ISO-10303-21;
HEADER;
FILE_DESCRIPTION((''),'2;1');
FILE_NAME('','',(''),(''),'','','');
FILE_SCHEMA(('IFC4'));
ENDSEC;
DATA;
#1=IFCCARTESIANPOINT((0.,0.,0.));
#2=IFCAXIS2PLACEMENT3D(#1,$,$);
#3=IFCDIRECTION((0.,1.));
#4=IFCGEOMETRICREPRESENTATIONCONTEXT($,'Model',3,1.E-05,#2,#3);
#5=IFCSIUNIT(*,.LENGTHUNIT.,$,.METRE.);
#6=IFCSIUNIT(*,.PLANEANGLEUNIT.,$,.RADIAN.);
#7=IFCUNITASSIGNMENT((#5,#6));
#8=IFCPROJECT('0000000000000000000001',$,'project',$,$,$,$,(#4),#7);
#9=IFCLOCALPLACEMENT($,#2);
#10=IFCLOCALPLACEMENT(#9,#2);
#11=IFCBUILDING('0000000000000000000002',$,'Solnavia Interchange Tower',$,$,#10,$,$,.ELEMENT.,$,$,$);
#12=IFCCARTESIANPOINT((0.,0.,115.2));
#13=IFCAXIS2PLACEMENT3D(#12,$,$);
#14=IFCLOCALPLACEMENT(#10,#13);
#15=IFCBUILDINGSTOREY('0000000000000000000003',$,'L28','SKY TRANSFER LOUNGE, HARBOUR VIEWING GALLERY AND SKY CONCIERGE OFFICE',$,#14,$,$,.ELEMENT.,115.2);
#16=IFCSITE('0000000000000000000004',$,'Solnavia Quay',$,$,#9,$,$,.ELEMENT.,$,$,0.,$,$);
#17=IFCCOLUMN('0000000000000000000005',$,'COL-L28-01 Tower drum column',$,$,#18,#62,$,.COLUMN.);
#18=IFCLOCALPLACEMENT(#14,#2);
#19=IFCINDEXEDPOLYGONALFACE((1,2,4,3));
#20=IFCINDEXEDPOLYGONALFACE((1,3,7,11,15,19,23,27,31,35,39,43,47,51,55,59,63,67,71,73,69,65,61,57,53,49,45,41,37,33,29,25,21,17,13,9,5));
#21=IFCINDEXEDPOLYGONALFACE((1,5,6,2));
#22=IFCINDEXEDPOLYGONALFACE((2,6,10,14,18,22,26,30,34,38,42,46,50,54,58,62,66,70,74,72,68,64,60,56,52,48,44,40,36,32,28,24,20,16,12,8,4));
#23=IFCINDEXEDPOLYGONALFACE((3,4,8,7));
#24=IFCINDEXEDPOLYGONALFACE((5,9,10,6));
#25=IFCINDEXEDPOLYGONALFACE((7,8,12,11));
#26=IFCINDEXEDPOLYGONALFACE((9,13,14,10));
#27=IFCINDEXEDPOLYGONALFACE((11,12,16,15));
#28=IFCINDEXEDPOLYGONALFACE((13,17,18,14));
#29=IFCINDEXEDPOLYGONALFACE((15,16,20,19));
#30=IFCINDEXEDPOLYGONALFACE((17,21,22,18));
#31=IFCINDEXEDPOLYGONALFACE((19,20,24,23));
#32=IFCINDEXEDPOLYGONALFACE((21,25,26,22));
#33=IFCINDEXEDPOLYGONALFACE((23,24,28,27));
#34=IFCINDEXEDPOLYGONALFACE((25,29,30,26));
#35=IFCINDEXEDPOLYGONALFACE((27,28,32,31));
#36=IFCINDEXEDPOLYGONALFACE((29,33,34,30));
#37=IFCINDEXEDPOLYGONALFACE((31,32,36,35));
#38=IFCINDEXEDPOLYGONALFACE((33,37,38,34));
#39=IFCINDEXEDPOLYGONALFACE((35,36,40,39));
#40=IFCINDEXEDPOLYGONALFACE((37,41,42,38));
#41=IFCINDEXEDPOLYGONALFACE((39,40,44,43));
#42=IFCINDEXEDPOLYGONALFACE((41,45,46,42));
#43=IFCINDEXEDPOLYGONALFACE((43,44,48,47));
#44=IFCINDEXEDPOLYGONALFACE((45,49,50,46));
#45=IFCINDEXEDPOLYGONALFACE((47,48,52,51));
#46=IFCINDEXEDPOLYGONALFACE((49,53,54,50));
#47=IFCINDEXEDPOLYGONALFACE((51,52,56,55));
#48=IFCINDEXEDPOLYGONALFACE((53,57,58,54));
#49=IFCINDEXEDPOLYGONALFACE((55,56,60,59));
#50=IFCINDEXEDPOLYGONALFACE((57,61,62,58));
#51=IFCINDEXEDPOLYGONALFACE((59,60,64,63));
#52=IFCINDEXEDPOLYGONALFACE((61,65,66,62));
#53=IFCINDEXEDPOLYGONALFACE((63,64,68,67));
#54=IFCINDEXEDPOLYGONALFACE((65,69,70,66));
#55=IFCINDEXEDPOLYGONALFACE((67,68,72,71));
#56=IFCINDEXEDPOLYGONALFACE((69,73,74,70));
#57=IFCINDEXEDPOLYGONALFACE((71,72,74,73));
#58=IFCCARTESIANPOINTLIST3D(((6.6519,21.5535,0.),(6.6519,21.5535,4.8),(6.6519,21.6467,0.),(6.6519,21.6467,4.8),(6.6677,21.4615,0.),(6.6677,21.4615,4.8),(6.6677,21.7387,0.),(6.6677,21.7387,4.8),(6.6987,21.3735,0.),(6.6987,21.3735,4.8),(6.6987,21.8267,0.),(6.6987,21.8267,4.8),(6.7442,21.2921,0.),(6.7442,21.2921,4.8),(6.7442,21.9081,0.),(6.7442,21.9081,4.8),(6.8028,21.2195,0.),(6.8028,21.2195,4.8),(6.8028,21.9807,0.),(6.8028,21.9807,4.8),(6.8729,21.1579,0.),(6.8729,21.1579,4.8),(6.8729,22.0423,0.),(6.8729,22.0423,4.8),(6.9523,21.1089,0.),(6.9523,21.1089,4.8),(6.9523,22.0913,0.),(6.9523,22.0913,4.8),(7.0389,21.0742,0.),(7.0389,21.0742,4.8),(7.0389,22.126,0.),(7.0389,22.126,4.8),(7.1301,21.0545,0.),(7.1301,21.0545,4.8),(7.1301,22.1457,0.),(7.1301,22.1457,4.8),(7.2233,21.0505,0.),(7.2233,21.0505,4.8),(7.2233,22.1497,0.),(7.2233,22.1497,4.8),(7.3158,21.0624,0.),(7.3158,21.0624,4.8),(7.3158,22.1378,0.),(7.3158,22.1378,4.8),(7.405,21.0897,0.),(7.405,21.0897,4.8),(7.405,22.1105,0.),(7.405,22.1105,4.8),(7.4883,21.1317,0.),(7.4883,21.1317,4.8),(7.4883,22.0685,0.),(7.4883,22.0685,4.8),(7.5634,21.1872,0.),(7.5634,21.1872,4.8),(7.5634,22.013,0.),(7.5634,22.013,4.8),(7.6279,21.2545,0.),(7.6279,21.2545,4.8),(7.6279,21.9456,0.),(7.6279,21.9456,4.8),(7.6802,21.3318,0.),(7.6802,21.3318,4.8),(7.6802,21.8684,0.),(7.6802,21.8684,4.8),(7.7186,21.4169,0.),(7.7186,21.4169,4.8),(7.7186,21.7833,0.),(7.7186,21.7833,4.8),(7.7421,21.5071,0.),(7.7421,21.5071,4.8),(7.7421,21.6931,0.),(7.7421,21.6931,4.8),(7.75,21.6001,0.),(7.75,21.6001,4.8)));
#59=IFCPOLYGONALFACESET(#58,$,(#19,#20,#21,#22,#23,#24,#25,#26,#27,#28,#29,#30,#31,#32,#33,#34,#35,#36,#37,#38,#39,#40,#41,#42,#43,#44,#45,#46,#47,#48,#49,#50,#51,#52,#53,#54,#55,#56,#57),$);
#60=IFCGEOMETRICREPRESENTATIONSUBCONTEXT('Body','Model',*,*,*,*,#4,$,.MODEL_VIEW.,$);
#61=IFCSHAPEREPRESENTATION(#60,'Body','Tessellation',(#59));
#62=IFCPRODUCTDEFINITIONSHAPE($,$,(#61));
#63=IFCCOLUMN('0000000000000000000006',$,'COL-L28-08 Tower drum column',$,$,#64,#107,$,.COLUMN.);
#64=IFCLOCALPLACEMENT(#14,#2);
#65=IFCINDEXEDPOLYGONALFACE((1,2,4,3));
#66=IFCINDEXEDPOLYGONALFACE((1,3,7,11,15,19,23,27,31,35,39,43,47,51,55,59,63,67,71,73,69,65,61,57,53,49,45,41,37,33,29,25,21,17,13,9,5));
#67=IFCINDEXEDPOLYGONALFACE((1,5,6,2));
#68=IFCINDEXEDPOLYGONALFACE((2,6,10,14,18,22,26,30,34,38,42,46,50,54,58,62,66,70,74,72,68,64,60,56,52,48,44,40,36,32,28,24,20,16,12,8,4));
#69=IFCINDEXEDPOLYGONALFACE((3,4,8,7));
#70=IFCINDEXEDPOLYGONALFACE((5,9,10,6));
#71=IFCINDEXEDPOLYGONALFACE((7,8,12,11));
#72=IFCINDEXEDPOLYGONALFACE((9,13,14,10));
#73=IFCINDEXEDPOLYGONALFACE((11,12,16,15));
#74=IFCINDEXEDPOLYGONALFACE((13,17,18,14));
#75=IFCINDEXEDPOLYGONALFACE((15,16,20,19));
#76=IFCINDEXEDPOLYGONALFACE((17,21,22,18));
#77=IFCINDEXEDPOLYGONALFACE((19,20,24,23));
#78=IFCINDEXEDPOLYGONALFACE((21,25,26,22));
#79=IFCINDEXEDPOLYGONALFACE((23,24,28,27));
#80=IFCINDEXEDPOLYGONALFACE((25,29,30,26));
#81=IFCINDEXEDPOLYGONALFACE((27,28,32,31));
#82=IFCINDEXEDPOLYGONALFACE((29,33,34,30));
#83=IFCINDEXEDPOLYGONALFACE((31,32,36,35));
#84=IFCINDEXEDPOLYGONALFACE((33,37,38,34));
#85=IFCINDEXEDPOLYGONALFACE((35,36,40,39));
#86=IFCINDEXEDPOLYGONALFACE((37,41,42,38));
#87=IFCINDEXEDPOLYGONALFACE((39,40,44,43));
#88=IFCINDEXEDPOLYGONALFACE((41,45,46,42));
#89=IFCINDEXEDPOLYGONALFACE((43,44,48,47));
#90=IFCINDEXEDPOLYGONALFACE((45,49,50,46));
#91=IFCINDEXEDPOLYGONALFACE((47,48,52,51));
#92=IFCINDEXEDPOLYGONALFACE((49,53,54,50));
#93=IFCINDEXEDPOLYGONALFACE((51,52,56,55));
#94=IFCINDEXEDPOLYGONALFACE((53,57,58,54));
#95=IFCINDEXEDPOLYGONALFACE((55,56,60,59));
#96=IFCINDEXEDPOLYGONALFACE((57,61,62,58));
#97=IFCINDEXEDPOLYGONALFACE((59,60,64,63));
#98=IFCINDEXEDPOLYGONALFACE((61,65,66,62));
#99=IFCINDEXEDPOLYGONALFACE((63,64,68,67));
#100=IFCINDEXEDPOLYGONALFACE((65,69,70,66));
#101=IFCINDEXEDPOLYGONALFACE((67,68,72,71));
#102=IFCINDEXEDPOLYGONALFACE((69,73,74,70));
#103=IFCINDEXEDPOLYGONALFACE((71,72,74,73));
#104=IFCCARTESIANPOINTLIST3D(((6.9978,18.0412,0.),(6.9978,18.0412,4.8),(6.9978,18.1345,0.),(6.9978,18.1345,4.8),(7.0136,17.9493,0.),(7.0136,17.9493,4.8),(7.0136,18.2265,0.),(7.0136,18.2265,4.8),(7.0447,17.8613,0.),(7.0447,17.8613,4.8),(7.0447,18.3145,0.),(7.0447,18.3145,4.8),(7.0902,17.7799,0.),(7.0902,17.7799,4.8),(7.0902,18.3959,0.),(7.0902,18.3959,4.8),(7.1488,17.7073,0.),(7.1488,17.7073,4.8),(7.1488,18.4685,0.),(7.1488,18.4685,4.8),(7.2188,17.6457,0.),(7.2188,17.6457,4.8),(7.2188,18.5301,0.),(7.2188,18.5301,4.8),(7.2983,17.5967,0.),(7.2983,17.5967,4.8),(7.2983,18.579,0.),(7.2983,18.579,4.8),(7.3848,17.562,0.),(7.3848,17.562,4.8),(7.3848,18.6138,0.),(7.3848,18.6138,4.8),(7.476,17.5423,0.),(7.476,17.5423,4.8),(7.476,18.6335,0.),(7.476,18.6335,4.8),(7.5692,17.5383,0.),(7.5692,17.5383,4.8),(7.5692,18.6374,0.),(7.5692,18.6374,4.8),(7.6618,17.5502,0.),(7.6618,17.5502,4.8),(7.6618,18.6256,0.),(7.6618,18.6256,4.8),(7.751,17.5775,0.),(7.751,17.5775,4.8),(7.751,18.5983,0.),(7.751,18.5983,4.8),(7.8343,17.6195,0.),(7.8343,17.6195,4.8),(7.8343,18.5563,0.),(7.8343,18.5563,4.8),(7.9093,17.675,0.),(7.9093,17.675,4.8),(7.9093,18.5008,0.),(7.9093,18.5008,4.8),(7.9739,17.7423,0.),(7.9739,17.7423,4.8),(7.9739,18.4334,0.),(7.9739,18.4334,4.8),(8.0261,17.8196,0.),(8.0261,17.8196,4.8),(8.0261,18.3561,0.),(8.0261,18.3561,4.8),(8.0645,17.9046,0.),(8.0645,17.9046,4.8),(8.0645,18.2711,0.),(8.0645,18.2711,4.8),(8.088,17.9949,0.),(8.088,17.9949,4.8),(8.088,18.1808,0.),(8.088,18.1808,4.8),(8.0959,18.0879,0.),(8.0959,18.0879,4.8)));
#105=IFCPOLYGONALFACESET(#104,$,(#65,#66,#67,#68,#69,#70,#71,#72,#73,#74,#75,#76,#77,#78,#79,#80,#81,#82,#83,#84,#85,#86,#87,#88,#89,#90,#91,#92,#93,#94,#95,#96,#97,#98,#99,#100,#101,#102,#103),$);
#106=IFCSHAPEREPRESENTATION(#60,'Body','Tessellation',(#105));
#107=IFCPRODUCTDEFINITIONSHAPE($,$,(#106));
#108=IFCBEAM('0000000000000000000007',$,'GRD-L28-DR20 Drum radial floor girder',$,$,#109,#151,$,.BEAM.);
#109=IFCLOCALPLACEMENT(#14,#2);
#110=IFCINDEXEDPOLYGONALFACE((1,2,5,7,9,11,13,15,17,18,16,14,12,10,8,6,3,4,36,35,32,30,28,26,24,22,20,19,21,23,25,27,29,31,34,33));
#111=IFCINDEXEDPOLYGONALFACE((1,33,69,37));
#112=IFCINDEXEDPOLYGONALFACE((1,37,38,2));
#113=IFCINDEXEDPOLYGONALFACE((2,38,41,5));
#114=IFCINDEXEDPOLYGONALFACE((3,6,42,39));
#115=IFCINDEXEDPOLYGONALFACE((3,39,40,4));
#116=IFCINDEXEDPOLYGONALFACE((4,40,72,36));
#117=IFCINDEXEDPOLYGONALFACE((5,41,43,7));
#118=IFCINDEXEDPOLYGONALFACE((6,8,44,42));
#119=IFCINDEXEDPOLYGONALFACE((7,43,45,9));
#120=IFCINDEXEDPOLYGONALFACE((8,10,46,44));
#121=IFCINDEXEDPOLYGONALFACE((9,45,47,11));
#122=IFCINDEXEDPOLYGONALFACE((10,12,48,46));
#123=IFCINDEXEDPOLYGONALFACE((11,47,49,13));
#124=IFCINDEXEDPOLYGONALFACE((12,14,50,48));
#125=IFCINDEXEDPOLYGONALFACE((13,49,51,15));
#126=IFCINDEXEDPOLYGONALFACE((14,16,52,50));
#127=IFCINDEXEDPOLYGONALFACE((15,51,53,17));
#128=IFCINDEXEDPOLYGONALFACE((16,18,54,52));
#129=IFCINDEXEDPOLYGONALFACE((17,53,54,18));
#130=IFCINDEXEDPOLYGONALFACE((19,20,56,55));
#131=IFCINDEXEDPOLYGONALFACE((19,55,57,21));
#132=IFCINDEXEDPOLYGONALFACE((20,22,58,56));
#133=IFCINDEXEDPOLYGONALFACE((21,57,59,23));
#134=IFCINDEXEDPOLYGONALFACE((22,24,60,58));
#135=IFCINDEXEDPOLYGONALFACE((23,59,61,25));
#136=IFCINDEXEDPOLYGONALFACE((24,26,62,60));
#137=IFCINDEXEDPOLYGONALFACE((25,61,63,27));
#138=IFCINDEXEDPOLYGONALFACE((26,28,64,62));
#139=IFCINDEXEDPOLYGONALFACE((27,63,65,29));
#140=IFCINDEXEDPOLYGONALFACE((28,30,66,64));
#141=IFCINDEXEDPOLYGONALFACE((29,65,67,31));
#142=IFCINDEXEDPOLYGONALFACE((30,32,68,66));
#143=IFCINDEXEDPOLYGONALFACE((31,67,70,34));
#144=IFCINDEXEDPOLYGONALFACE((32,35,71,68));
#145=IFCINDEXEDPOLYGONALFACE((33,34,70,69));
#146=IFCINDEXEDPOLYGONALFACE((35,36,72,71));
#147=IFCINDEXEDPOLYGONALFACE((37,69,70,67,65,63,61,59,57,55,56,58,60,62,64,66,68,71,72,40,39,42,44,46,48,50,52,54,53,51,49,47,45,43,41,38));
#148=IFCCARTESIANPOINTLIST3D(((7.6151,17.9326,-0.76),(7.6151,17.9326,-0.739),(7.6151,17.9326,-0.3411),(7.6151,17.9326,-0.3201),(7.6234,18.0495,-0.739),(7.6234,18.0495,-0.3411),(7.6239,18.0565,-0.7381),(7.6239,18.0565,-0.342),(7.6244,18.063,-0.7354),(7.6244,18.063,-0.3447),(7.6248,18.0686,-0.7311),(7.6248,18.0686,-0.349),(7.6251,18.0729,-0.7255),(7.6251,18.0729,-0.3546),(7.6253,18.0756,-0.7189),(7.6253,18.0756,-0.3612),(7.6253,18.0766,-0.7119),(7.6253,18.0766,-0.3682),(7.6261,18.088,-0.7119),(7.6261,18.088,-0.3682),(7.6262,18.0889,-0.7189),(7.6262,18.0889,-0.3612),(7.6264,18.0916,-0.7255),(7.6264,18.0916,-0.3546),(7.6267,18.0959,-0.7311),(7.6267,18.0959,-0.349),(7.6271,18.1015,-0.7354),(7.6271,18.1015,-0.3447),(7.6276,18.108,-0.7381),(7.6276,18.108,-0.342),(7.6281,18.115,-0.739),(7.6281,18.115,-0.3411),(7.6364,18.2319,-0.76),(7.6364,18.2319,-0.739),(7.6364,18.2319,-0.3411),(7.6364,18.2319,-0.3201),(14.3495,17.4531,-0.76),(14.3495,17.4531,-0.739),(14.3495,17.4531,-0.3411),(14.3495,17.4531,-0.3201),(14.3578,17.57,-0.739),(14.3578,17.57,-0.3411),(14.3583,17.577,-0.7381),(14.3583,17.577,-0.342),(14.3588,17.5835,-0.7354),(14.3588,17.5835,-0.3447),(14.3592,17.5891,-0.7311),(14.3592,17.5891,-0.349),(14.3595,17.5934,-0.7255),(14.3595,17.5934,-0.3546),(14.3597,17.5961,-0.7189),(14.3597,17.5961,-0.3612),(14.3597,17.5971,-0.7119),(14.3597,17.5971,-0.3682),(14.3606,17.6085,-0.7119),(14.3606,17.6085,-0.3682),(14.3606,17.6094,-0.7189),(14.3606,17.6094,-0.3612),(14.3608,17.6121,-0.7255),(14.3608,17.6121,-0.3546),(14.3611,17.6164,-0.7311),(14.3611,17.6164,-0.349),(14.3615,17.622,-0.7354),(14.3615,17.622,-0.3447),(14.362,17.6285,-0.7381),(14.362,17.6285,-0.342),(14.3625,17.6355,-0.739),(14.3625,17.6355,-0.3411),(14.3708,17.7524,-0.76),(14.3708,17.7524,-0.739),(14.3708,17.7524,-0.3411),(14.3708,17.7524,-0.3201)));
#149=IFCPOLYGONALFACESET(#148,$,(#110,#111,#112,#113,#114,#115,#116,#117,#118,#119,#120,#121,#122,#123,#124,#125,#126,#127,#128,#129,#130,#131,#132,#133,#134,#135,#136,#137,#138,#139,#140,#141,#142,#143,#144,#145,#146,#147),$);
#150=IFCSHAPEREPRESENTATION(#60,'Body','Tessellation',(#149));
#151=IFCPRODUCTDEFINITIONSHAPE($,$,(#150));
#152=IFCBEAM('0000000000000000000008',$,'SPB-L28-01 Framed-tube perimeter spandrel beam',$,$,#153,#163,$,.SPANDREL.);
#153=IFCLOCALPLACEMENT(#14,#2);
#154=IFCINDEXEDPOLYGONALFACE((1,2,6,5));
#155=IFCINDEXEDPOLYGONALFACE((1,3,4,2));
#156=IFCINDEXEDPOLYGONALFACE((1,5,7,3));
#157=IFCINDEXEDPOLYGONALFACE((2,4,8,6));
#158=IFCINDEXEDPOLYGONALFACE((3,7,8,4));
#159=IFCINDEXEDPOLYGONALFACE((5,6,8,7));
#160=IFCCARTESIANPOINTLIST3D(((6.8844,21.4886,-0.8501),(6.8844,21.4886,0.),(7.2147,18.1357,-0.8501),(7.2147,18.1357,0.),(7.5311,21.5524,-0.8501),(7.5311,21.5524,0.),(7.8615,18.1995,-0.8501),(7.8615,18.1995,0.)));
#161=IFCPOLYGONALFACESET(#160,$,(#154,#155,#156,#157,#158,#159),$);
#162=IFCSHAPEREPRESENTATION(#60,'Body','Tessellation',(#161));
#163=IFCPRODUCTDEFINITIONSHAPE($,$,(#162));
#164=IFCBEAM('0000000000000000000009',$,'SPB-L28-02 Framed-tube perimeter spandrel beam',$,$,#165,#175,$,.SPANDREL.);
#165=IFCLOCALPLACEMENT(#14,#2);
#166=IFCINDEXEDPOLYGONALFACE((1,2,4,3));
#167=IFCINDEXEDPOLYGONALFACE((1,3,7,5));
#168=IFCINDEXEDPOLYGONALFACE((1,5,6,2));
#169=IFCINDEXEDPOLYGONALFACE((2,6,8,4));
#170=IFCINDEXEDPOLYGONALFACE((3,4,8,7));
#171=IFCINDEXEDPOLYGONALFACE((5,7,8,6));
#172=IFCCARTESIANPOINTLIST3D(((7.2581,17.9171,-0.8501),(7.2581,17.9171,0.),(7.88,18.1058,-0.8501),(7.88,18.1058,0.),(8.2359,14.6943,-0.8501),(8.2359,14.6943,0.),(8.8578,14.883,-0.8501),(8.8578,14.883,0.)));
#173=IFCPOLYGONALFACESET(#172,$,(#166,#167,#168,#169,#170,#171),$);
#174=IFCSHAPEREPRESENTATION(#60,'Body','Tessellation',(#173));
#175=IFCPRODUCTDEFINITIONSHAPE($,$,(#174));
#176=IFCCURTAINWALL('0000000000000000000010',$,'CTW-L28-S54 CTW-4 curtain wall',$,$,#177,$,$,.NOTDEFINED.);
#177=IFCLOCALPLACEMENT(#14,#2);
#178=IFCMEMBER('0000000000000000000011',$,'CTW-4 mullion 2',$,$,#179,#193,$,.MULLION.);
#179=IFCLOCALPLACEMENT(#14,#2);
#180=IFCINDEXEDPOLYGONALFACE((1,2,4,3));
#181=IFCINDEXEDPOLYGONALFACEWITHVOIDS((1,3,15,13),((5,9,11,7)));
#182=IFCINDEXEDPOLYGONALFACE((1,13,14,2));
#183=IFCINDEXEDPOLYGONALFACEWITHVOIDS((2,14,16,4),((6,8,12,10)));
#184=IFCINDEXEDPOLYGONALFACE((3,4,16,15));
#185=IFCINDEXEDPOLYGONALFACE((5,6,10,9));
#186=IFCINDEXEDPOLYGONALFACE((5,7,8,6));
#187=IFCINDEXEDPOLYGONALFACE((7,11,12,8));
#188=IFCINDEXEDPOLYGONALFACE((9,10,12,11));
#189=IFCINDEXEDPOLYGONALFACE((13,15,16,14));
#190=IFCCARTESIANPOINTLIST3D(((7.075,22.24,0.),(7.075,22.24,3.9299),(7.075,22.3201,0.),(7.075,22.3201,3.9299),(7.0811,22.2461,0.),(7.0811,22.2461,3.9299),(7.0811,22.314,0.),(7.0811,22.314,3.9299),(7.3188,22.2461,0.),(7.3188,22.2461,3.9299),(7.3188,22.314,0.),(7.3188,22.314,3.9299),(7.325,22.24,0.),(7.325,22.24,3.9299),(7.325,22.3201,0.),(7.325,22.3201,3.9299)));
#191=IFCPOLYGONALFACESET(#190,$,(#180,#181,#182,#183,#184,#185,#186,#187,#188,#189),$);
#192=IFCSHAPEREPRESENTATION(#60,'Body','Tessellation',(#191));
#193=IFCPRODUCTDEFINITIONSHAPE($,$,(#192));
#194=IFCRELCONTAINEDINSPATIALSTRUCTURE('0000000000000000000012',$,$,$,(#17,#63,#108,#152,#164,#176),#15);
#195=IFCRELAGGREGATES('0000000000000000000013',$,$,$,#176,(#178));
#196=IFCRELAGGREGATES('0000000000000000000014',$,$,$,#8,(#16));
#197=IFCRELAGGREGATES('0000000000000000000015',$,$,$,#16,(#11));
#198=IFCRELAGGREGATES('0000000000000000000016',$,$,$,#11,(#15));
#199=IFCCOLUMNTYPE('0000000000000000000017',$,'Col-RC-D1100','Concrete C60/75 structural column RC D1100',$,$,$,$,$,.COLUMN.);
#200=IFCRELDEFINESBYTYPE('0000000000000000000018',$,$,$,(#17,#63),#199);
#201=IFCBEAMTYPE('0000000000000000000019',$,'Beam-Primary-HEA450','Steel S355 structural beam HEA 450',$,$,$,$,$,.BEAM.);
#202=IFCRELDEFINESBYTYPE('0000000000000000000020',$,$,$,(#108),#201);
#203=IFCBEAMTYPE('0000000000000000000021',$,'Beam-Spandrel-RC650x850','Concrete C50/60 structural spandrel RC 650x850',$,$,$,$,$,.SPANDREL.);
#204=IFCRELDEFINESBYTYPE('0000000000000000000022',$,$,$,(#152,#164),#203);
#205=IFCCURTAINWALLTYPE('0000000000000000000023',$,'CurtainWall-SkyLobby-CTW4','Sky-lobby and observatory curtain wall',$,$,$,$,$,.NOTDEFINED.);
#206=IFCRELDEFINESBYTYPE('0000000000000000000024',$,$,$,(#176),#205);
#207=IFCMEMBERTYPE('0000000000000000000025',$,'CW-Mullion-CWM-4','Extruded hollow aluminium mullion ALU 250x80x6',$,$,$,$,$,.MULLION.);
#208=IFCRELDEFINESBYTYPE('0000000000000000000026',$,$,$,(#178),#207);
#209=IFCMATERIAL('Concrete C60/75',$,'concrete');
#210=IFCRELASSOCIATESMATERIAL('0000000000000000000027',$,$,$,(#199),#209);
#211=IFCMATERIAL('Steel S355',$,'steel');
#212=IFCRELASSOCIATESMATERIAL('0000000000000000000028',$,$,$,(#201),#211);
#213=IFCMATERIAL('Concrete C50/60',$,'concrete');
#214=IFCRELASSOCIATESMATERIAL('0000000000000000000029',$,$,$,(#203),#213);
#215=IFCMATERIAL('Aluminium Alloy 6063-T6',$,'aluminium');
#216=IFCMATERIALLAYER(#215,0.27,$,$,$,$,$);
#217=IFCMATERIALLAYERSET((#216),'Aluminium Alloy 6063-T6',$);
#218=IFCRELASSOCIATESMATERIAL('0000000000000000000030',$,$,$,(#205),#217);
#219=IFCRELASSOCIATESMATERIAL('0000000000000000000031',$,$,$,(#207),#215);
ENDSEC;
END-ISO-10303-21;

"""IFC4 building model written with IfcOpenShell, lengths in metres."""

from ifc_helpers import new_model, si_unit, direction, frame, origin, origin_2d, place, context, subcontext, project, spatial, rectangle, hollow_rectangle, circle, i_section, extrude, material, layer, layer_set, material_profile, profile_set, type_object, element, aggregate, save


model = new_model("IFC4")

# Units and contexts
model_context = context("Model", 3, precision=1e-05, world=origin(), true_north=direction((0.0, 1.0)))
body_context = subcontext(model_context, "Body", "Model", "MODEL_VIEW")
ifc_project = project(units=[si_unit("LENGTHUNIT", "METRE"), si_unit("PLANEANGLEUNIT", "RADIAN")], contexts=[model_context])

# Site, building, storey
site_placement = place(None, origin())
site = spatial("IfcSite", under=ifc_project, at=site_placement, Name="Solnavia Quay", CompositionType="ELEMENT", RefElevation=0.0)
building_placement = place(site_placement, origin())
building = spatial("IfcBuilding", under=site, at=building_placement, Name="Solnavia Interchange Tower", CompositionType="ELEMENT")
storey_placement = place(building_placement, frame((0.0, 0.0, 115.2)))
storey = spatial("IfcBuildingStorey", under=building, at=storey_placement, Name="L28", Description="SKY TRANSFER LOUNGE, HARBOUR VIEWING GALLERY AND SKY CONCIERGE OFFICE", CompositionType="ELEMENT", Elevation=115.2)

# Columns
ifc_material_1 = material(Name="Concrete C60/75", Category="concrete")
ifc_material_profile_1 = material_profile(ifc_material_1, circle(Radius=0.55, at=origin_2d()), Name="RC D1100")
ifc_profile_set_1 = profile_set([ifc_material_profile_1], Name="Concrete C60/75")
column_type = type_object("IfcColumnType", Name="Col-RC-D1100", Description="Concrete C60/75 structural column RC D1100", PredefinedType="COLUMN", material=ifc_profile_set_1)
for number, where, z_axis, x_axis, name in (
    (1, (7.2, 21.6001, 0.0), (0.0, 0.0, 1.0), (1.0, 0.0, 0.0), "COL-L28-01 Tower drum column"),
    (2, (7.5459, 18.0879, 0.0), (0.0, 0.0, 1.0), (1.0, 0.0, 0.0), "COL-L28-08 Tower drum column"),
):
    element("IfcColumn", number, at=place(storey_placement, frame(where, z_axis=z_axis, x_axis=x_axis)), inside=storey, type_object=column_type, Name=name, PredefinedType="COLUMN", context=body_context, shape_type="SweptSolid", body=[
        extrude(circle(Radius=0.55, at=origin_2d()), origin(), (0.0, 0.0, 1.0), 4.8),
    ])

# Beams
ifc_material_2 = material(Name="Steel S355", Category="steel")
ifc_material_profile_2 = material_profile(ifc_material_2, i_section(OverallWidth=0.3, OverallDepth=0.4399, WebThickness=0.0115, FlangeThickness=0.021, FilletRadius=0.0271, at=origin_2d()), Name="HEA 450")
ifc_profile_set_2 = profile_set([ifc_material_profile_2], Name="Steel S355")
beam_type_1 = type_object("IfcBeamType", Name="Beam-Primary-HEA450", Description="Steel S355 structural beam HEA 450", PredefinedType="BEAM", material=ifc_profile_set_2)
beam_1_placement = place(storey_placement, frame((7.6257, 18.0823, -0.54), z_axis=(0.997475, -0.071021, 0.0), x_axis=(0.071021, 0.997475, 0.0)))
element("IfcBeam", 3, at=beam_1_placement, inside=storey, type_object=beam_type_1, Name="GRD-L28-DR20 Drum radial floor girder", PredefinedType="BEAM", context=body_context, shape_type="SweptSolid", body=[
    extrude(i_section(OverallWidth=0.3, OverallDepth=0.4399, WebThickness=0.0115, FlangeThickness=0.021, FilletRadius=0.0271, at=origin_2d()), origin(), (0.0, 0.0, 1.0), 6.7515),
])
ifc_material_3 = material(Name="Concrete C50/60", Category="concrete")
ifc_material_profile_3 = material_profile(ifc_material_3, rectangle(XDim=0.6499, YDim=0.8501, at=origin_2d()), Name="RC 650x850")
ifc_profile_set_3 = profile_set([ifc_material_profile_3], Name="Concrete C50/60")
beam_type_2 = type_object("IfcBeamType", Name="Beam-Spandrel-RC650x850", Description="Concrete C50/60 structural spandrel RC 650x850", PredefinedType="SPANDREL", material=ifc_profile_set_3)
beam_2_placement = place(storey_placement, frame((7.2078, 21.5205, -0.425), z_axis=(0.09804, -0.995182, 0.0), x_axis=(0.995182, 0.09804, 0.0)))
element("IfcBeam", 4, at=beam_2_placement, inside=storey, type_object=beam_type_2, Name="SPB-L28-01 Framed-tube perimeter spandrel beam", PredefinedType="SPANDREL", context=body_context, shape_type="SweptSolid", body=[
    extrude(rectangle(XDim=0.6499, YDim=0.8501, at=origin_2d()), origin(), (0.0, 0.0, 1.0), 3.3691),
])
beam_3_placement = place(storey_placement, frame((7.5691, 18.0115, -0.425), z_axis=(0.290319, -0.95693, 0.0), x_axis=(0.95693, 0.290319, 0.0)))
element("IfcBeam", 5, at=beam_3_placement, inside=storey, type_object=beam_type_2, Name="SPB-L28-02 Framed-tube perimeter spandrel beam", PredefinedType="SPANDREL", context=body_context, shape_type="SweptSolid", body=[
    extrude(rectangle(XDim=0.6499, YDim=0.8501, at=origin_2d()), origin(), (0.0, 0.0, 1.0), 3.3679),
])

# Curtain wall, member
ifc_material_4 = material(Name="Aluminium Alloy 6063-T6", Category="aluminium")
ifc_layer_1 = layer(ifc_material_4, 0.27)
ifc_layer_set_1 = layer_set([ifc_layer_1], Name="Aluminium Alloy 6063-T6")
curtain_wall_type = type_object("IfcCurtainWallType", Name="CurtainWall-SkyLobby-CTW4", Description="Sky-lobby and observatory curtain wall", PredefinedType="NOTDEFINED", material=ifc_layer_set_1)
curtain_wall_1_placement = place(storey_placement, origin())
curtain_wall_1 = element("IfcCurtainWall", 6, at=curtain_wall_1_placement, inside=storey, type_object=curtain_wall_type, Name="CTW-L28-S54 CTW-4 curtain wall", PredefinedType="NOTDEFINED")
ifc_material_profile_4 = material_profile(ifc_material_4, hollow_rectangle(XDim=0.0801, YDim=0.25, WallThickness=0.0061, at=origin_2d()), Name="ALU 250x80x6")
ifc_profile_set_4 = profile_set([ifc_material_profile_4], Name="Aluminium Alloy 6063-T6")
member_type_1 = type_object("IfcMemberType", Name="CW-Mullion-CWM-4", Description="Extruded hollow aluminium mullion ALU 250x80x6", PredefinedType="MULLION", material=ifc_profile_set_4)
member_1_placement = place(storey_placement, frame((7.2, 22.28, 0.0), z_axis=(0.0, 0.0, 1.0), x_axis=(0.0, -1.0, 0.0)))
member_1 = element("IfcMember", 7, at=member_1_placement, type_object=member_type_1, Name="CTW-4 mullion 2", PredefinedType="MULLION", context=body_context, shape_type="SweptSolid", body=[
    extrude(hollow_rectangle(XDim=0.0801, YDim=0.25, WallThickness=0.0061, at=origin_2d()), origin(), (0.0, 0.0, 1.0), 3.9299),
])
aggregate(curtain_wall_1, [member_1])

save(model, "model.ifc")
